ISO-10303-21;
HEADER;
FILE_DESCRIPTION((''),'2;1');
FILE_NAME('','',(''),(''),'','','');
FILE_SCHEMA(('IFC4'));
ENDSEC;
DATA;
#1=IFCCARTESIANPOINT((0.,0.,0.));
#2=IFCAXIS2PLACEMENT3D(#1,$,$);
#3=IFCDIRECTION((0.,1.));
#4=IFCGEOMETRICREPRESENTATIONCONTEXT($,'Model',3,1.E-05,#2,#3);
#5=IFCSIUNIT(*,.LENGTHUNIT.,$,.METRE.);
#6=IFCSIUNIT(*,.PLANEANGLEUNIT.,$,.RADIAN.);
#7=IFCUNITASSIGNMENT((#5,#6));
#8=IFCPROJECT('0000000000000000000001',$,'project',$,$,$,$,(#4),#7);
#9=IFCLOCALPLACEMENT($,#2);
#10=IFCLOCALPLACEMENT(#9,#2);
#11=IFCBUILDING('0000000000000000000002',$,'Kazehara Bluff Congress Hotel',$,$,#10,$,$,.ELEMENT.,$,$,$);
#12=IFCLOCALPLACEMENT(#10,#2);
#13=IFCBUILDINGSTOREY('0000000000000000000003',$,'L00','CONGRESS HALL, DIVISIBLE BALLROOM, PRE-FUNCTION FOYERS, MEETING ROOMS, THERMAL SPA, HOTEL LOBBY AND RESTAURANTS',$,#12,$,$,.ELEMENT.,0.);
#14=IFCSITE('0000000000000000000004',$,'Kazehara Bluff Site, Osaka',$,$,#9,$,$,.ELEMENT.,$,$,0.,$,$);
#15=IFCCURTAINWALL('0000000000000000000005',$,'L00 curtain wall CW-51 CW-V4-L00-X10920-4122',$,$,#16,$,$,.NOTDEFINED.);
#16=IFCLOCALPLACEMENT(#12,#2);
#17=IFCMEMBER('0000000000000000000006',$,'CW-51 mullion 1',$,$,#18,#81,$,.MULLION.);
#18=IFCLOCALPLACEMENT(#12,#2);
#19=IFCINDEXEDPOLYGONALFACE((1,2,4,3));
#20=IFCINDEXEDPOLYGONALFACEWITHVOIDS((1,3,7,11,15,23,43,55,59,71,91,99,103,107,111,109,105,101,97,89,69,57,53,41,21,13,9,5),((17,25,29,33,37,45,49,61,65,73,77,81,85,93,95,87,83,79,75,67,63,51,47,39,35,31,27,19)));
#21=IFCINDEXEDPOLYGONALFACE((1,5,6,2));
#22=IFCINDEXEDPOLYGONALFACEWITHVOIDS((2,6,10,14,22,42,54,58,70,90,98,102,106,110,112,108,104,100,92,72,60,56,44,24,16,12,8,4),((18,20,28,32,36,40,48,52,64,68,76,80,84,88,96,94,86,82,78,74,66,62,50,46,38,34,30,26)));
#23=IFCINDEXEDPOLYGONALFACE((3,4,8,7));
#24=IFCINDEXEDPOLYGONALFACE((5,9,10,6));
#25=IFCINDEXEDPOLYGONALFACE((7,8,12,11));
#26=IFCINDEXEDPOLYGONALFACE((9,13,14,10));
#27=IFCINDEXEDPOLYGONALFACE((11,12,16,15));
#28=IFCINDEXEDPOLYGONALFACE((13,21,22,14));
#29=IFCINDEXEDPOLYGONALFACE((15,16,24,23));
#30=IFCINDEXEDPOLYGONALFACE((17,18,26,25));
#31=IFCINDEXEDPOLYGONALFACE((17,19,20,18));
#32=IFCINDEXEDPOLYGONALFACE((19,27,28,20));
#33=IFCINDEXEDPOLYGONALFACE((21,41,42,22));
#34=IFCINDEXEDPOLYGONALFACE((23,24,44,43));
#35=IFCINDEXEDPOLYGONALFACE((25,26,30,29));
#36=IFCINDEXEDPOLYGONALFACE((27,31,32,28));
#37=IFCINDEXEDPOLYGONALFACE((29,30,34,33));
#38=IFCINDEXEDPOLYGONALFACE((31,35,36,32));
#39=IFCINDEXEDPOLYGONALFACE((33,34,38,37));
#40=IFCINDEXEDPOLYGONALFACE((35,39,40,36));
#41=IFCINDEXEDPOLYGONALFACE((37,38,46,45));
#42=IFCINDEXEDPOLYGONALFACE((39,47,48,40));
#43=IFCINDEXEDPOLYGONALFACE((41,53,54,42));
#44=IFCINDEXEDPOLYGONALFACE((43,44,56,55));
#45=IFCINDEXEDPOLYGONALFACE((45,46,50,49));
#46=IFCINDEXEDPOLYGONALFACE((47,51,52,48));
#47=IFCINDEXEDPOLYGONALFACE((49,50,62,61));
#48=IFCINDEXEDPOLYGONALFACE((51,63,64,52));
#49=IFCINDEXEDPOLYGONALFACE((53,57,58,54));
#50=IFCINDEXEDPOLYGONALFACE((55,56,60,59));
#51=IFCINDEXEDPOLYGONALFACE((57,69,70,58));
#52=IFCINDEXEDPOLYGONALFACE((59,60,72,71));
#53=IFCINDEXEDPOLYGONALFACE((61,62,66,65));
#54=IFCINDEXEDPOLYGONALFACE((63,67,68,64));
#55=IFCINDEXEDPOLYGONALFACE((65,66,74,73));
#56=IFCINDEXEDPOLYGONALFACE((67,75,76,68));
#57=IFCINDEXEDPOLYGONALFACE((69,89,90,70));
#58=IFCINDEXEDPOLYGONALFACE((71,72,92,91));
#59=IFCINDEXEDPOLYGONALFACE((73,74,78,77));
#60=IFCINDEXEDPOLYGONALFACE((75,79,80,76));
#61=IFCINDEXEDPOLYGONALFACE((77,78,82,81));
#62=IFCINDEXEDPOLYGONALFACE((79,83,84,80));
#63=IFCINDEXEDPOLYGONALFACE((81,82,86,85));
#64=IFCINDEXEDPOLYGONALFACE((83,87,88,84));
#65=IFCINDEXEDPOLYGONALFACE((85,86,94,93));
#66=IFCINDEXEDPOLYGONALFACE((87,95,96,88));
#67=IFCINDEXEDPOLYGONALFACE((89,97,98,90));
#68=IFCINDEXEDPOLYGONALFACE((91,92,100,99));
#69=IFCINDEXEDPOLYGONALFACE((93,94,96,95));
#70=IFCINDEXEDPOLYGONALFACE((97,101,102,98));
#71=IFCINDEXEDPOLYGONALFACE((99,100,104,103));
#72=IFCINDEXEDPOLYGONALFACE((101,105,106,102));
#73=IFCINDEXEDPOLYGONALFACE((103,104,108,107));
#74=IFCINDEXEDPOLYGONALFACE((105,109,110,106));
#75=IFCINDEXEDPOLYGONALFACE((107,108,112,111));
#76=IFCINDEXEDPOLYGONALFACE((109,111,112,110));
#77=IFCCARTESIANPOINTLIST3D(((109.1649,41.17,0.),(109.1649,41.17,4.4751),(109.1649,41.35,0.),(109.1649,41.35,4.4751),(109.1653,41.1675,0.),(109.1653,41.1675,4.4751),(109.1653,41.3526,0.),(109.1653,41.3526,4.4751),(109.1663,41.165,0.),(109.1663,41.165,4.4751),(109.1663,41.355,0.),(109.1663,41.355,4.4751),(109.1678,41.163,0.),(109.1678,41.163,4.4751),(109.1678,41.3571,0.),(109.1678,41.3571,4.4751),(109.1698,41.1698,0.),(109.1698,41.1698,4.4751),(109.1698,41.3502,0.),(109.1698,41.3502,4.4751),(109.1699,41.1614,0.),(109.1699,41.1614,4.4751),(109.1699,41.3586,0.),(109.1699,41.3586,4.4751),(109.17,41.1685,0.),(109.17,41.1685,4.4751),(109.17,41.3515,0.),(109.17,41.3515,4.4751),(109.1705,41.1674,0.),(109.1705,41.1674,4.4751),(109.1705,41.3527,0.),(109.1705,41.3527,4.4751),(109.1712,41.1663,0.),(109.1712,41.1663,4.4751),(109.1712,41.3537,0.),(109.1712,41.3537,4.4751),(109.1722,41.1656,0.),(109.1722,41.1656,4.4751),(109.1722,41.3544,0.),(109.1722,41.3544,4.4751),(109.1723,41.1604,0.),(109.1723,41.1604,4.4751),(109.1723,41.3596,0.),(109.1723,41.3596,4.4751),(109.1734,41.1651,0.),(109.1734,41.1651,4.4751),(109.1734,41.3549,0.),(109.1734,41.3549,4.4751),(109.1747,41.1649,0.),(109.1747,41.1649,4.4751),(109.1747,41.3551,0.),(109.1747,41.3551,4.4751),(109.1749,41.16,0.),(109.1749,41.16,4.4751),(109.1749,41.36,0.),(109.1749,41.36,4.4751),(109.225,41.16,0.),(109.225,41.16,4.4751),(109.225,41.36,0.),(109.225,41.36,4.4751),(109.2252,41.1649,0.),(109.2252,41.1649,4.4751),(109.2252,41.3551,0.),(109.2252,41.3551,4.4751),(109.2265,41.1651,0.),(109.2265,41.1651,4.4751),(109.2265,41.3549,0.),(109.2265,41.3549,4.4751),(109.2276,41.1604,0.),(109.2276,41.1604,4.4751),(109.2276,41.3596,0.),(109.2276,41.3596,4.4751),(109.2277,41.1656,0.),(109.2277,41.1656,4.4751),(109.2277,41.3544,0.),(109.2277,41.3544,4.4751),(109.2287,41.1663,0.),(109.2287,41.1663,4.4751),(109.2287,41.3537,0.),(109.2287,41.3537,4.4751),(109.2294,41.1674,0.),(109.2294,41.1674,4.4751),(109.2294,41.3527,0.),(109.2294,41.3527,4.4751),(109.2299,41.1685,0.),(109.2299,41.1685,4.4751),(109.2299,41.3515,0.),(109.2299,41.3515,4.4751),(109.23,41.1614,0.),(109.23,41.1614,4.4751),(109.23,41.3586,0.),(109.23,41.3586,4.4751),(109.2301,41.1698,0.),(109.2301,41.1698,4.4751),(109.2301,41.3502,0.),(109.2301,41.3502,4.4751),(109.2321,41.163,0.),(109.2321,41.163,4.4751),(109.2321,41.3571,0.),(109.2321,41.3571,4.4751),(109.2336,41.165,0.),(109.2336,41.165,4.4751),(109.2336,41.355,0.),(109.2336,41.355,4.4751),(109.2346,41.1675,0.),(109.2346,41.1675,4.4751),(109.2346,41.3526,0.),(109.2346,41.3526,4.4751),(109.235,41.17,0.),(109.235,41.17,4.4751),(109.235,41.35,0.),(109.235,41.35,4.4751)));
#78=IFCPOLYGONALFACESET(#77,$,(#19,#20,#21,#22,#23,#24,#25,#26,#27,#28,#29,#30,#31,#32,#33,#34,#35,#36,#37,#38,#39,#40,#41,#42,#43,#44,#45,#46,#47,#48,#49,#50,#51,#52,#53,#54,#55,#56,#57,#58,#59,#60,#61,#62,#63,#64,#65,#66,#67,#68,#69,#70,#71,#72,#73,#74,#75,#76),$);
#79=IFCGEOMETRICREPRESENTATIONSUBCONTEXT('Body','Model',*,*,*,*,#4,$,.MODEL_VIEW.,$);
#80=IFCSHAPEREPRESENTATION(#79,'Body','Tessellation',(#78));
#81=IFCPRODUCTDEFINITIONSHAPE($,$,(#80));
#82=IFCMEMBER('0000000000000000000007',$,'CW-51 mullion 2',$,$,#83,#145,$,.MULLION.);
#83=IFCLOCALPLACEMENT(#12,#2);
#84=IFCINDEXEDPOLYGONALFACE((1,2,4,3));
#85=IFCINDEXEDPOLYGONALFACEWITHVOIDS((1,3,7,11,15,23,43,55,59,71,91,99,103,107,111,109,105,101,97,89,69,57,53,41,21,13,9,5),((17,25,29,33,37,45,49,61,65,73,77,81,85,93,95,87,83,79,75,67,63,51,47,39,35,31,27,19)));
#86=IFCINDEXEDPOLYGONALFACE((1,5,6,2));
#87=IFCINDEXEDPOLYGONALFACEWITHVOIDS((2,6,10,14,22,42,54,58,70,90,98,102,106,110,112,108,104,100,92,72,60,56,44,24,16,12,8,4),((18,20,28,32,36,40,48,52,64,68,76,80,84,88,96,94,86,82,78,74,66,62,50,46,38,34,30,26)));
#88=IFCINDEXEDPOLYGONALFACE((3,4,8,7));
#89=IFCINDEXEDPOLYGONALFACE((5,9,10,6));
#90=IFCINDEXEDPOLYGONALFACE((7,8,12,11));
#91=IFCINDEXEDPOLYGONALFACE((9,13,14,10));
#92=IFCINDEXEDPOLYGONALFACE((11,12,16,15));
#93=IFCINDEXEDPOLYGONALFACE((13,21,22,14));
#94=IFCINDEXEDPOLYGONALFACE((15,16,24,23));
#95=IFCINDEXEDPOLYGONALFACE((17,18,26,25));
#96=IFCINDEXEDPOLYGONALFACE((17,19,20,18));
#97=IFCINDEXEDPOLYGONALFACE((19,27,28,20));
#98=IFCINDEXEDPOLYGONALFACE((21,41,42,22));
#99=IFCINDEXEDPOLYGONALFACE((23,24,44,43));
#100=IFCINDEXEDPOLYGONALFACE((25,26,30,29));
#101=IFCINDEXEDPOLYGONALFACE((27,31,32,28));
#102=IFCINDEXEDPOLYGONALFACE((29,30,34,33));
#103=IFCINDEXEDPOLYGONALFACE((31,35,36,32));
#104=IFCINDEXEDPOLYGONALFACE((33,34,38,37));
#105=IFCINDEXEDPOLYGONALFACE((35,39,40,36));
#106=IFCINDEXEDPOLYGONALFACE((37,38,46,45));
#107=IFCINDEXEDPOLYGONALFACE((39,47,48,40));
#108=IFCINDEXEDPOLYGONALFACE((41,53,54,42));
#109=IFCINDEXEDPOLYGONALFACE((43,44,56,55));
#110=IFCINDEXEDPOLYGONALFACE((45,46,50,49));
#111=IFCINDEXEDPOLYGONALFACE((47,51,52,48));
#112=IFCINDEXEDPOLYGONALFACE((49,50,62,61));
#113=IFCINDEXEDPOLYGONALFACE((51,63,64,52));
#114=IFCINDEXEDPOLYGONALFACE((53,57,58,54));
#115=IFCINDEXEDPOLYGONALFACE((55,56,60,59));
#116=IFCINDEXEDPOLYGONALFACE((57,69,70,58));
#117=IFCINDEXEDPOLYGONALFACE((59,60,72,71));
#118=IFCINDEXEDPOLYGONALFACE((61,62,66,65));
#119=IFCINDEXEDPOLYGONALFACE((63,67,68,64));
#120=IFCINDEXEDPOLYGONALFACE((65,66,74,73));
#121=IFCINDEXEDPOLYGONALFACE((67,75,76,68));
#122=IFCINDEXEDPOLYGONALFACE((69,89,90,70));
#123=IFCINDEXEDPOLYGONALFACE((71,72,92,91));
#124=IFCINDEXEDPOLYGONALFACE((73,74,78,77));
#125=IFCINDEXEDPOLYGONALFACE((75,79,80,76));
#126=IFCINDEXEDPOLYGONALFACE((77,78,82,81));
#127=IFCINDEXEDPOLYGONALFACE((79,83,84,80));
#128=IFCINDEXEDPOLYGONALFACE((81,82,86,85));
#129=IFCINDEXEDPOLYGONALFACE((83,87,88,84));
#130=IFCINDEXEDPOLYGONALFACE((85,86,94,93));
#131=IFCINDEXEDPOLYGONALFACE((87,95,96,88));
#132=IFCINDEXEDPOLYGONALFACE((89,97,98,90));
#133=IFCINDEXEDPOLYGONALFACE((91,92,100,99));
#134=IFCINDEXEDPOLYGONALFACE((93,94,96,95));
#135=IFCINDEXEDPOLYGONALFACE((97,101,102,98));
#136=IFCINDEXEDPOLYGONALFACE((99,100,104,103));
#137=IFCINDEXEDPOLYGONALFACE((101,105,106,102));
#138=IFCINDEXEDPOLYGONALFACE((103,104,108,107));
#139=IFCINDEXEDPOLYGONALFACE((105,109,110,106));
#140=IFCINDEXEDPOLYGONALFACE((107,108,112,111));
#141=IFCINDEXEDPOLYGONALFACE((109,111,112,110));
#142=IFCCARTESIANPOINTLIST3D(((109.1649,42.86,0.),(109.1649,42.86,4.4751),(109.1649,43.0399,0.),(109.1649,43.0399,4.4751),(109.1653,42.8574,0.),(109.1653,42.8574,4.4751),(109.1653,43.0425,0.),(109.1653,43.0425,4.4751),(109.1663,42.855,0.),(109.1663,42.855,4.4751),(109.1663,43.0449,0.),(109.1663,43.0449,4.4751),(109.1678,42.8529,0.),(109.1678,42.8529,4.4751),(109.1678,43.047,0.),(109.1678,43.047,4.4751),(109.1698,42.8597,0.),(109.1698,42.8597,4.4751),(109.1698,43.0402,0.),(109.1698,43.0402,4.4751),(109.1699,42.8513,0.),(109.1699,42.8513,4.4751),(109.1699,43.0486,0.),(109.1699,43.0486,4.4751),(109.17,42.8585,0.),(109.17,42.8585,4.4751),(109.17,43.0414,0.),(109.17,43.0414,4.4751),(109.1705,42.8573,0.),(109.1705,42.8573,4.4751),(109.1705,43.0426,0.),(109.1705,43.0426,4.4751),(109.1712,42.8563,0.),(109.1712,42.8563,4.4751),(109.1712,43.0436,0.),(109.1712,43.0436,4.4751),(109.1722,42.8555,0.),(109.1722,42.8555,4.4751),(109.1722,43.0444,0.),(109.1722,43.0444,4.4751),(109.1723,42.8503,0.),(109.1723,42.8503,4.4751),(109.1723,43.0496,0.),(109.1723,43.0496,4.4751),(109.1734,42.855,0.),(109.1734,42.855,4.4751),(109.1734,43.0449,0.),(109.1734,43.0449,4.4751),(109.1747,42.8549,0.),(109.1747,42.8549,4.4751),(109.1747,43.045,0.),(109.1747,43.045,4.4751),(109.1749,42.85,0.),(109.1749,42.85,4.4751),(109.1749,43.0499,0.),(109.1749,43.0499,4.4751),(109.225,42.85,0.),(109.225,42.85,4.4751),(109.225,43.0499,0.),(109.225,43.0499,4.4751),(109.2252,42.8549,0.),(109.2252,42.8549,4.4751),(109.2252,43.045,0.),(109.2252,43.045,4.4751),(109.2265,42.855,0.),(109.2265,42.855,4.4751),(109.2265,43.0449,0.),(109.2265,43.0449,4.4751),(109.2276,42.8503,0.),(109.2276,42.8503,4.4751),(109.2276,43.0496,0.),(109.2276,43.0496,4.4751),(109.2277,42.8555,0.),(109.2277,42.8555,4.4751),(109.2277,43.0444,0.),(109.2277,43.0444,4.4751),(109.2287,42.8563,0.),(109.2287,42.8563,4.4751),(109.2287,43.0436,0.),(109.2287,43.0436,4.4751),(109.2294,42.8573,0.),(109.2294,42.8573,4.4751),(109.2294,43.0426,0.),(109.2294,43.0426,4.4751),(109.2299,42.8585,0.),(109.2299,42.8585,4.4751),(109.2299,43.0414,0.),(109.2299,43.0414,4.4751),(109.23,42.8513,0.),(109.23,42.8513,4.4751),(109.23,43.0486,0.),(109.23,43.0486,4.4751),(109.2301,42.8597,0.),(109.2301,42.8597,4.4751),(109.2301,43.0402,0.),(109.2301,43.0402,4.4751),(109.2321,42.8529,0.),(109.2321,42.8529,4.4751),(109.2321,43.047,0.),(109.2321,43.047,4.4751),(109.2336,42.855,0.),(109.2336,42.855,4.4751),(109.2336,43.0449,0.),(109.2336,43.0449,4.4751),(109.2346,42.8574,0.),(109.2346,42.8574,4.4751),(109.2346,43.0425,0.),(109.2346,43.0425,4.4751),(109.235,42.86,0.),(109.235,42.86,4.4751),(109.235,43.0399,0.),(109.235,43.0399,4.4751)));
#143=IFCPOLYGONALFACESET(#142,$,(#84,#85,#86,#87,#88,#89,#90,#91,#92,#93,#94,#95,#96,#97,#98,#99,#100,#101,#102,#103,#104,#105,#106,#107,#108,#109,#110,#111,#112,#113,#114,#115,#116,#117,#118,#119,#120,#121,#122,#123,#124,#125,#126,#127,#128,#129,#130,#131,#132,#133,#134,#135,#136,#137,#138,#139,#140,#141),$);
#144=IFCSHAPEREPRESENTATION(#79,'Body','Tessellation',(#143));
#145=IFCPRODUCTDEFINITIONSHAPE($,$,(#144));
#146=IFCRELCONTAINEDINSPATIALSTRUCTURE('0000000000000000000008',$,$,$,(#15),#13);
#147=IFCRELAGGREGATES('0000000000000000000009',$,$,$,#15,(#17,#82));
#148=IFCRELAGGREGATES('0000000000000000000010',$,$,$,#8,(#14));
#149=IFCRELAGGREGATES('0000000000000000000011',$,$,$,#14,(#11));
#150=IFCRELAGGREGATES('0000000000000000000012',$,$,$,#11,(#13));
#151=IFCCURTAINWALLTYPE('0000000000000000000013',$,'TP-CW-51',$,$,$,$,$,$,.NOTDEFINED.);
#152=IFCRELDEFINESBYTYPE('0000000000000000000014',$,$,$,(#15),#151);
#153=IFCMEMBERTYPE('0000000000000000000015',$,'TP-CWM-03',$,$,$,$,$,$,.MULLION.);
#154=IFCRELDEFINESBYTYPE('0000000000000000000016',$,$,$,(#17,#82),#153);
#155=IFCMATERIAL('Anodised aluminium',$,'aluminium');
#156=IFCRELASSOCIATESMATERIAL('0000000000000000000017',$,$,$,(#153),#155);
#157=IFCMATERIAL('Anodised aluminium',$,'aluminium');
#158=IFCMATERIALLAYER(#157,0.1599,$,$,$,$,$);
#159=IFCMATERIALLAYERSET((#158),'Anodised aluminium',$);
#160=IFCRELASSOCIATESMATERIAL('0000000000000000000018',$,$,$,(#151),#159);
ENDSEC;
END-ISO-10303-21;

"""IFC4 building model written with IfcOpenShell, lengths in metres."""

from ifc_helpers import new_model, si_unit, direction, frame, origin, origin_2d, place, context, subcontext, project, spatial, hollow_rectangle, extrude, material, layer, layer_set, material_profile, profile_set, type_object, element, aggregate, save


model = new_model("IFC4")

# Units and contexts
model_context = context("Model", 3, precision=1e-05, world=origin(), true_north=direction((0.0, 1.0)))
body_context = subcontext(model_context, "Body", "Model", "MODEL_VIEW")
ifc_project = project(units=[si_unit("LENGTHUNIT", "METRE"), si_unit("PLANEANGLEUNIT", "RADIAN")], contexts=[model_context])

# Site, building, storey
site_placement = place(None, origin())
site = spatial("IfcSite", under=ifc_project, at=site_placement, Name="Kazehara Bluff Site, Osaka", CompositionType="ELEMENT", RefElevation=0.0)
building_placement = place(site_placement, origin())
building = spatial("IfcBuilding", under=site, at=building_placement, Name="Kazehara Bluff Congress Hotel", CompositionType="ELEMENT")
storey_placement = place(building_placement, origin())
storey = spatial("IfcBuildingStorey", under=building, at=storey_placement, Name="L00", Description="CONGRESS HALL, DIVISIBLE BALLROOM, PRE-FUNCTION FOYERS, MEETING ROOMS, THERMAL SPA, HOTEL LOBBY AND RESTAURANTS", CompositionType="ELEMENT", Elevation=0.0)

# Shared definitions
ifc_material_1 = material(Name="Anodised aluminium", Category="aluminium")
ifc_material_profile_1 = material_profile(ifc_material_1, hollow_rectangle(XDim=0.0701, YDim=0.2, WallThickness=0.0049, InnerFilletRadius=0.0049, OuterFilletRadius=0.01, at=origin_2d()))
ifc_profile_set_1 = profile_set([ifc_material_profile_1], Name="Anodised aluminium")
member_type_1 = type_object("IfcMemberType", Name="TP-CWM-03", PredefinedType="MULLION", material=ifc_profile_set_1)

# Curtain wall, members
ifc_material_2 = material(Name="Anodised aluminium", Category="aluminium")
ifc_layer_1 = layer(ifc_material_2, 0.1599)
ifc_layer_set_1 = layer_set([ifc_layer_1], Name="Anodised aluminium")
curtain_wall_type_1 = type_object("IfcCurtainWallType", Name="TP-CW-51", PredefinedType="NOTDEFINED", material=ifc_layer_set_1)
curtain_wall_1_placement = place(storey_placement, origin())
curtain_wall_1 = element("IfcCurtainWall", 1, at=curtain_wall_1_placement, inside=storey, type_object=curtain_wall_type_1, Name="L00 curtain wall CW-51 CW-V4-L00-X10920-4122", PredefinedType="NOTDEFINED")
member_1_placement = place(storey_placement, frame((109.2, 41.26, 0.0), z_axis=(0.0, 0.0, 1.0), x_axis=(-1.0, 0.0, 0.0)))
member_1 = element("IfcMember", 2, at=member_1_placement, type_object=member_type_1, Name="CW-51 mullion 1", PredefinedType="MULLION", context=body_context, shape_type="SweptSolid", body=[
    extrude(hollow_rectangle(XDim=0.0701, YDim=0.2, WallThickness=0.0049, InnerFilletRadius=0.0049, OuterFilletRadius=0.01, at=origin_2d()), origin(), (0.0, 0.0, 1.0), 4.4751),
])
member_2_placement = place(storey_placement, frame((109.2, 42.95, 0.0), z_axis=(0.0, 0.0, 1.0), x_axis=(-1.0, 0.0, 0.0)))
member_2 = element("IfcMember", 3, at=member_2_placement, type_object=member_type_1, Name="CW-51 mullion 2", PredefinedType="MULLION", context=body_context, shape_type="SweptSolid", body=[
    extrude(hollow_rectangle(XDim=0.0701, YDim=0.2, WallThickness=0.0049, InnerFilletRadius=0.0049, OuterFilletRadius=0.01, at=origin_2d()), origin(), (0.0, 0.0, 1.0), 4.4751),
])

aggregate(curtain_wall_1, [member_1, member_2])

save(model, "model.ifc")
